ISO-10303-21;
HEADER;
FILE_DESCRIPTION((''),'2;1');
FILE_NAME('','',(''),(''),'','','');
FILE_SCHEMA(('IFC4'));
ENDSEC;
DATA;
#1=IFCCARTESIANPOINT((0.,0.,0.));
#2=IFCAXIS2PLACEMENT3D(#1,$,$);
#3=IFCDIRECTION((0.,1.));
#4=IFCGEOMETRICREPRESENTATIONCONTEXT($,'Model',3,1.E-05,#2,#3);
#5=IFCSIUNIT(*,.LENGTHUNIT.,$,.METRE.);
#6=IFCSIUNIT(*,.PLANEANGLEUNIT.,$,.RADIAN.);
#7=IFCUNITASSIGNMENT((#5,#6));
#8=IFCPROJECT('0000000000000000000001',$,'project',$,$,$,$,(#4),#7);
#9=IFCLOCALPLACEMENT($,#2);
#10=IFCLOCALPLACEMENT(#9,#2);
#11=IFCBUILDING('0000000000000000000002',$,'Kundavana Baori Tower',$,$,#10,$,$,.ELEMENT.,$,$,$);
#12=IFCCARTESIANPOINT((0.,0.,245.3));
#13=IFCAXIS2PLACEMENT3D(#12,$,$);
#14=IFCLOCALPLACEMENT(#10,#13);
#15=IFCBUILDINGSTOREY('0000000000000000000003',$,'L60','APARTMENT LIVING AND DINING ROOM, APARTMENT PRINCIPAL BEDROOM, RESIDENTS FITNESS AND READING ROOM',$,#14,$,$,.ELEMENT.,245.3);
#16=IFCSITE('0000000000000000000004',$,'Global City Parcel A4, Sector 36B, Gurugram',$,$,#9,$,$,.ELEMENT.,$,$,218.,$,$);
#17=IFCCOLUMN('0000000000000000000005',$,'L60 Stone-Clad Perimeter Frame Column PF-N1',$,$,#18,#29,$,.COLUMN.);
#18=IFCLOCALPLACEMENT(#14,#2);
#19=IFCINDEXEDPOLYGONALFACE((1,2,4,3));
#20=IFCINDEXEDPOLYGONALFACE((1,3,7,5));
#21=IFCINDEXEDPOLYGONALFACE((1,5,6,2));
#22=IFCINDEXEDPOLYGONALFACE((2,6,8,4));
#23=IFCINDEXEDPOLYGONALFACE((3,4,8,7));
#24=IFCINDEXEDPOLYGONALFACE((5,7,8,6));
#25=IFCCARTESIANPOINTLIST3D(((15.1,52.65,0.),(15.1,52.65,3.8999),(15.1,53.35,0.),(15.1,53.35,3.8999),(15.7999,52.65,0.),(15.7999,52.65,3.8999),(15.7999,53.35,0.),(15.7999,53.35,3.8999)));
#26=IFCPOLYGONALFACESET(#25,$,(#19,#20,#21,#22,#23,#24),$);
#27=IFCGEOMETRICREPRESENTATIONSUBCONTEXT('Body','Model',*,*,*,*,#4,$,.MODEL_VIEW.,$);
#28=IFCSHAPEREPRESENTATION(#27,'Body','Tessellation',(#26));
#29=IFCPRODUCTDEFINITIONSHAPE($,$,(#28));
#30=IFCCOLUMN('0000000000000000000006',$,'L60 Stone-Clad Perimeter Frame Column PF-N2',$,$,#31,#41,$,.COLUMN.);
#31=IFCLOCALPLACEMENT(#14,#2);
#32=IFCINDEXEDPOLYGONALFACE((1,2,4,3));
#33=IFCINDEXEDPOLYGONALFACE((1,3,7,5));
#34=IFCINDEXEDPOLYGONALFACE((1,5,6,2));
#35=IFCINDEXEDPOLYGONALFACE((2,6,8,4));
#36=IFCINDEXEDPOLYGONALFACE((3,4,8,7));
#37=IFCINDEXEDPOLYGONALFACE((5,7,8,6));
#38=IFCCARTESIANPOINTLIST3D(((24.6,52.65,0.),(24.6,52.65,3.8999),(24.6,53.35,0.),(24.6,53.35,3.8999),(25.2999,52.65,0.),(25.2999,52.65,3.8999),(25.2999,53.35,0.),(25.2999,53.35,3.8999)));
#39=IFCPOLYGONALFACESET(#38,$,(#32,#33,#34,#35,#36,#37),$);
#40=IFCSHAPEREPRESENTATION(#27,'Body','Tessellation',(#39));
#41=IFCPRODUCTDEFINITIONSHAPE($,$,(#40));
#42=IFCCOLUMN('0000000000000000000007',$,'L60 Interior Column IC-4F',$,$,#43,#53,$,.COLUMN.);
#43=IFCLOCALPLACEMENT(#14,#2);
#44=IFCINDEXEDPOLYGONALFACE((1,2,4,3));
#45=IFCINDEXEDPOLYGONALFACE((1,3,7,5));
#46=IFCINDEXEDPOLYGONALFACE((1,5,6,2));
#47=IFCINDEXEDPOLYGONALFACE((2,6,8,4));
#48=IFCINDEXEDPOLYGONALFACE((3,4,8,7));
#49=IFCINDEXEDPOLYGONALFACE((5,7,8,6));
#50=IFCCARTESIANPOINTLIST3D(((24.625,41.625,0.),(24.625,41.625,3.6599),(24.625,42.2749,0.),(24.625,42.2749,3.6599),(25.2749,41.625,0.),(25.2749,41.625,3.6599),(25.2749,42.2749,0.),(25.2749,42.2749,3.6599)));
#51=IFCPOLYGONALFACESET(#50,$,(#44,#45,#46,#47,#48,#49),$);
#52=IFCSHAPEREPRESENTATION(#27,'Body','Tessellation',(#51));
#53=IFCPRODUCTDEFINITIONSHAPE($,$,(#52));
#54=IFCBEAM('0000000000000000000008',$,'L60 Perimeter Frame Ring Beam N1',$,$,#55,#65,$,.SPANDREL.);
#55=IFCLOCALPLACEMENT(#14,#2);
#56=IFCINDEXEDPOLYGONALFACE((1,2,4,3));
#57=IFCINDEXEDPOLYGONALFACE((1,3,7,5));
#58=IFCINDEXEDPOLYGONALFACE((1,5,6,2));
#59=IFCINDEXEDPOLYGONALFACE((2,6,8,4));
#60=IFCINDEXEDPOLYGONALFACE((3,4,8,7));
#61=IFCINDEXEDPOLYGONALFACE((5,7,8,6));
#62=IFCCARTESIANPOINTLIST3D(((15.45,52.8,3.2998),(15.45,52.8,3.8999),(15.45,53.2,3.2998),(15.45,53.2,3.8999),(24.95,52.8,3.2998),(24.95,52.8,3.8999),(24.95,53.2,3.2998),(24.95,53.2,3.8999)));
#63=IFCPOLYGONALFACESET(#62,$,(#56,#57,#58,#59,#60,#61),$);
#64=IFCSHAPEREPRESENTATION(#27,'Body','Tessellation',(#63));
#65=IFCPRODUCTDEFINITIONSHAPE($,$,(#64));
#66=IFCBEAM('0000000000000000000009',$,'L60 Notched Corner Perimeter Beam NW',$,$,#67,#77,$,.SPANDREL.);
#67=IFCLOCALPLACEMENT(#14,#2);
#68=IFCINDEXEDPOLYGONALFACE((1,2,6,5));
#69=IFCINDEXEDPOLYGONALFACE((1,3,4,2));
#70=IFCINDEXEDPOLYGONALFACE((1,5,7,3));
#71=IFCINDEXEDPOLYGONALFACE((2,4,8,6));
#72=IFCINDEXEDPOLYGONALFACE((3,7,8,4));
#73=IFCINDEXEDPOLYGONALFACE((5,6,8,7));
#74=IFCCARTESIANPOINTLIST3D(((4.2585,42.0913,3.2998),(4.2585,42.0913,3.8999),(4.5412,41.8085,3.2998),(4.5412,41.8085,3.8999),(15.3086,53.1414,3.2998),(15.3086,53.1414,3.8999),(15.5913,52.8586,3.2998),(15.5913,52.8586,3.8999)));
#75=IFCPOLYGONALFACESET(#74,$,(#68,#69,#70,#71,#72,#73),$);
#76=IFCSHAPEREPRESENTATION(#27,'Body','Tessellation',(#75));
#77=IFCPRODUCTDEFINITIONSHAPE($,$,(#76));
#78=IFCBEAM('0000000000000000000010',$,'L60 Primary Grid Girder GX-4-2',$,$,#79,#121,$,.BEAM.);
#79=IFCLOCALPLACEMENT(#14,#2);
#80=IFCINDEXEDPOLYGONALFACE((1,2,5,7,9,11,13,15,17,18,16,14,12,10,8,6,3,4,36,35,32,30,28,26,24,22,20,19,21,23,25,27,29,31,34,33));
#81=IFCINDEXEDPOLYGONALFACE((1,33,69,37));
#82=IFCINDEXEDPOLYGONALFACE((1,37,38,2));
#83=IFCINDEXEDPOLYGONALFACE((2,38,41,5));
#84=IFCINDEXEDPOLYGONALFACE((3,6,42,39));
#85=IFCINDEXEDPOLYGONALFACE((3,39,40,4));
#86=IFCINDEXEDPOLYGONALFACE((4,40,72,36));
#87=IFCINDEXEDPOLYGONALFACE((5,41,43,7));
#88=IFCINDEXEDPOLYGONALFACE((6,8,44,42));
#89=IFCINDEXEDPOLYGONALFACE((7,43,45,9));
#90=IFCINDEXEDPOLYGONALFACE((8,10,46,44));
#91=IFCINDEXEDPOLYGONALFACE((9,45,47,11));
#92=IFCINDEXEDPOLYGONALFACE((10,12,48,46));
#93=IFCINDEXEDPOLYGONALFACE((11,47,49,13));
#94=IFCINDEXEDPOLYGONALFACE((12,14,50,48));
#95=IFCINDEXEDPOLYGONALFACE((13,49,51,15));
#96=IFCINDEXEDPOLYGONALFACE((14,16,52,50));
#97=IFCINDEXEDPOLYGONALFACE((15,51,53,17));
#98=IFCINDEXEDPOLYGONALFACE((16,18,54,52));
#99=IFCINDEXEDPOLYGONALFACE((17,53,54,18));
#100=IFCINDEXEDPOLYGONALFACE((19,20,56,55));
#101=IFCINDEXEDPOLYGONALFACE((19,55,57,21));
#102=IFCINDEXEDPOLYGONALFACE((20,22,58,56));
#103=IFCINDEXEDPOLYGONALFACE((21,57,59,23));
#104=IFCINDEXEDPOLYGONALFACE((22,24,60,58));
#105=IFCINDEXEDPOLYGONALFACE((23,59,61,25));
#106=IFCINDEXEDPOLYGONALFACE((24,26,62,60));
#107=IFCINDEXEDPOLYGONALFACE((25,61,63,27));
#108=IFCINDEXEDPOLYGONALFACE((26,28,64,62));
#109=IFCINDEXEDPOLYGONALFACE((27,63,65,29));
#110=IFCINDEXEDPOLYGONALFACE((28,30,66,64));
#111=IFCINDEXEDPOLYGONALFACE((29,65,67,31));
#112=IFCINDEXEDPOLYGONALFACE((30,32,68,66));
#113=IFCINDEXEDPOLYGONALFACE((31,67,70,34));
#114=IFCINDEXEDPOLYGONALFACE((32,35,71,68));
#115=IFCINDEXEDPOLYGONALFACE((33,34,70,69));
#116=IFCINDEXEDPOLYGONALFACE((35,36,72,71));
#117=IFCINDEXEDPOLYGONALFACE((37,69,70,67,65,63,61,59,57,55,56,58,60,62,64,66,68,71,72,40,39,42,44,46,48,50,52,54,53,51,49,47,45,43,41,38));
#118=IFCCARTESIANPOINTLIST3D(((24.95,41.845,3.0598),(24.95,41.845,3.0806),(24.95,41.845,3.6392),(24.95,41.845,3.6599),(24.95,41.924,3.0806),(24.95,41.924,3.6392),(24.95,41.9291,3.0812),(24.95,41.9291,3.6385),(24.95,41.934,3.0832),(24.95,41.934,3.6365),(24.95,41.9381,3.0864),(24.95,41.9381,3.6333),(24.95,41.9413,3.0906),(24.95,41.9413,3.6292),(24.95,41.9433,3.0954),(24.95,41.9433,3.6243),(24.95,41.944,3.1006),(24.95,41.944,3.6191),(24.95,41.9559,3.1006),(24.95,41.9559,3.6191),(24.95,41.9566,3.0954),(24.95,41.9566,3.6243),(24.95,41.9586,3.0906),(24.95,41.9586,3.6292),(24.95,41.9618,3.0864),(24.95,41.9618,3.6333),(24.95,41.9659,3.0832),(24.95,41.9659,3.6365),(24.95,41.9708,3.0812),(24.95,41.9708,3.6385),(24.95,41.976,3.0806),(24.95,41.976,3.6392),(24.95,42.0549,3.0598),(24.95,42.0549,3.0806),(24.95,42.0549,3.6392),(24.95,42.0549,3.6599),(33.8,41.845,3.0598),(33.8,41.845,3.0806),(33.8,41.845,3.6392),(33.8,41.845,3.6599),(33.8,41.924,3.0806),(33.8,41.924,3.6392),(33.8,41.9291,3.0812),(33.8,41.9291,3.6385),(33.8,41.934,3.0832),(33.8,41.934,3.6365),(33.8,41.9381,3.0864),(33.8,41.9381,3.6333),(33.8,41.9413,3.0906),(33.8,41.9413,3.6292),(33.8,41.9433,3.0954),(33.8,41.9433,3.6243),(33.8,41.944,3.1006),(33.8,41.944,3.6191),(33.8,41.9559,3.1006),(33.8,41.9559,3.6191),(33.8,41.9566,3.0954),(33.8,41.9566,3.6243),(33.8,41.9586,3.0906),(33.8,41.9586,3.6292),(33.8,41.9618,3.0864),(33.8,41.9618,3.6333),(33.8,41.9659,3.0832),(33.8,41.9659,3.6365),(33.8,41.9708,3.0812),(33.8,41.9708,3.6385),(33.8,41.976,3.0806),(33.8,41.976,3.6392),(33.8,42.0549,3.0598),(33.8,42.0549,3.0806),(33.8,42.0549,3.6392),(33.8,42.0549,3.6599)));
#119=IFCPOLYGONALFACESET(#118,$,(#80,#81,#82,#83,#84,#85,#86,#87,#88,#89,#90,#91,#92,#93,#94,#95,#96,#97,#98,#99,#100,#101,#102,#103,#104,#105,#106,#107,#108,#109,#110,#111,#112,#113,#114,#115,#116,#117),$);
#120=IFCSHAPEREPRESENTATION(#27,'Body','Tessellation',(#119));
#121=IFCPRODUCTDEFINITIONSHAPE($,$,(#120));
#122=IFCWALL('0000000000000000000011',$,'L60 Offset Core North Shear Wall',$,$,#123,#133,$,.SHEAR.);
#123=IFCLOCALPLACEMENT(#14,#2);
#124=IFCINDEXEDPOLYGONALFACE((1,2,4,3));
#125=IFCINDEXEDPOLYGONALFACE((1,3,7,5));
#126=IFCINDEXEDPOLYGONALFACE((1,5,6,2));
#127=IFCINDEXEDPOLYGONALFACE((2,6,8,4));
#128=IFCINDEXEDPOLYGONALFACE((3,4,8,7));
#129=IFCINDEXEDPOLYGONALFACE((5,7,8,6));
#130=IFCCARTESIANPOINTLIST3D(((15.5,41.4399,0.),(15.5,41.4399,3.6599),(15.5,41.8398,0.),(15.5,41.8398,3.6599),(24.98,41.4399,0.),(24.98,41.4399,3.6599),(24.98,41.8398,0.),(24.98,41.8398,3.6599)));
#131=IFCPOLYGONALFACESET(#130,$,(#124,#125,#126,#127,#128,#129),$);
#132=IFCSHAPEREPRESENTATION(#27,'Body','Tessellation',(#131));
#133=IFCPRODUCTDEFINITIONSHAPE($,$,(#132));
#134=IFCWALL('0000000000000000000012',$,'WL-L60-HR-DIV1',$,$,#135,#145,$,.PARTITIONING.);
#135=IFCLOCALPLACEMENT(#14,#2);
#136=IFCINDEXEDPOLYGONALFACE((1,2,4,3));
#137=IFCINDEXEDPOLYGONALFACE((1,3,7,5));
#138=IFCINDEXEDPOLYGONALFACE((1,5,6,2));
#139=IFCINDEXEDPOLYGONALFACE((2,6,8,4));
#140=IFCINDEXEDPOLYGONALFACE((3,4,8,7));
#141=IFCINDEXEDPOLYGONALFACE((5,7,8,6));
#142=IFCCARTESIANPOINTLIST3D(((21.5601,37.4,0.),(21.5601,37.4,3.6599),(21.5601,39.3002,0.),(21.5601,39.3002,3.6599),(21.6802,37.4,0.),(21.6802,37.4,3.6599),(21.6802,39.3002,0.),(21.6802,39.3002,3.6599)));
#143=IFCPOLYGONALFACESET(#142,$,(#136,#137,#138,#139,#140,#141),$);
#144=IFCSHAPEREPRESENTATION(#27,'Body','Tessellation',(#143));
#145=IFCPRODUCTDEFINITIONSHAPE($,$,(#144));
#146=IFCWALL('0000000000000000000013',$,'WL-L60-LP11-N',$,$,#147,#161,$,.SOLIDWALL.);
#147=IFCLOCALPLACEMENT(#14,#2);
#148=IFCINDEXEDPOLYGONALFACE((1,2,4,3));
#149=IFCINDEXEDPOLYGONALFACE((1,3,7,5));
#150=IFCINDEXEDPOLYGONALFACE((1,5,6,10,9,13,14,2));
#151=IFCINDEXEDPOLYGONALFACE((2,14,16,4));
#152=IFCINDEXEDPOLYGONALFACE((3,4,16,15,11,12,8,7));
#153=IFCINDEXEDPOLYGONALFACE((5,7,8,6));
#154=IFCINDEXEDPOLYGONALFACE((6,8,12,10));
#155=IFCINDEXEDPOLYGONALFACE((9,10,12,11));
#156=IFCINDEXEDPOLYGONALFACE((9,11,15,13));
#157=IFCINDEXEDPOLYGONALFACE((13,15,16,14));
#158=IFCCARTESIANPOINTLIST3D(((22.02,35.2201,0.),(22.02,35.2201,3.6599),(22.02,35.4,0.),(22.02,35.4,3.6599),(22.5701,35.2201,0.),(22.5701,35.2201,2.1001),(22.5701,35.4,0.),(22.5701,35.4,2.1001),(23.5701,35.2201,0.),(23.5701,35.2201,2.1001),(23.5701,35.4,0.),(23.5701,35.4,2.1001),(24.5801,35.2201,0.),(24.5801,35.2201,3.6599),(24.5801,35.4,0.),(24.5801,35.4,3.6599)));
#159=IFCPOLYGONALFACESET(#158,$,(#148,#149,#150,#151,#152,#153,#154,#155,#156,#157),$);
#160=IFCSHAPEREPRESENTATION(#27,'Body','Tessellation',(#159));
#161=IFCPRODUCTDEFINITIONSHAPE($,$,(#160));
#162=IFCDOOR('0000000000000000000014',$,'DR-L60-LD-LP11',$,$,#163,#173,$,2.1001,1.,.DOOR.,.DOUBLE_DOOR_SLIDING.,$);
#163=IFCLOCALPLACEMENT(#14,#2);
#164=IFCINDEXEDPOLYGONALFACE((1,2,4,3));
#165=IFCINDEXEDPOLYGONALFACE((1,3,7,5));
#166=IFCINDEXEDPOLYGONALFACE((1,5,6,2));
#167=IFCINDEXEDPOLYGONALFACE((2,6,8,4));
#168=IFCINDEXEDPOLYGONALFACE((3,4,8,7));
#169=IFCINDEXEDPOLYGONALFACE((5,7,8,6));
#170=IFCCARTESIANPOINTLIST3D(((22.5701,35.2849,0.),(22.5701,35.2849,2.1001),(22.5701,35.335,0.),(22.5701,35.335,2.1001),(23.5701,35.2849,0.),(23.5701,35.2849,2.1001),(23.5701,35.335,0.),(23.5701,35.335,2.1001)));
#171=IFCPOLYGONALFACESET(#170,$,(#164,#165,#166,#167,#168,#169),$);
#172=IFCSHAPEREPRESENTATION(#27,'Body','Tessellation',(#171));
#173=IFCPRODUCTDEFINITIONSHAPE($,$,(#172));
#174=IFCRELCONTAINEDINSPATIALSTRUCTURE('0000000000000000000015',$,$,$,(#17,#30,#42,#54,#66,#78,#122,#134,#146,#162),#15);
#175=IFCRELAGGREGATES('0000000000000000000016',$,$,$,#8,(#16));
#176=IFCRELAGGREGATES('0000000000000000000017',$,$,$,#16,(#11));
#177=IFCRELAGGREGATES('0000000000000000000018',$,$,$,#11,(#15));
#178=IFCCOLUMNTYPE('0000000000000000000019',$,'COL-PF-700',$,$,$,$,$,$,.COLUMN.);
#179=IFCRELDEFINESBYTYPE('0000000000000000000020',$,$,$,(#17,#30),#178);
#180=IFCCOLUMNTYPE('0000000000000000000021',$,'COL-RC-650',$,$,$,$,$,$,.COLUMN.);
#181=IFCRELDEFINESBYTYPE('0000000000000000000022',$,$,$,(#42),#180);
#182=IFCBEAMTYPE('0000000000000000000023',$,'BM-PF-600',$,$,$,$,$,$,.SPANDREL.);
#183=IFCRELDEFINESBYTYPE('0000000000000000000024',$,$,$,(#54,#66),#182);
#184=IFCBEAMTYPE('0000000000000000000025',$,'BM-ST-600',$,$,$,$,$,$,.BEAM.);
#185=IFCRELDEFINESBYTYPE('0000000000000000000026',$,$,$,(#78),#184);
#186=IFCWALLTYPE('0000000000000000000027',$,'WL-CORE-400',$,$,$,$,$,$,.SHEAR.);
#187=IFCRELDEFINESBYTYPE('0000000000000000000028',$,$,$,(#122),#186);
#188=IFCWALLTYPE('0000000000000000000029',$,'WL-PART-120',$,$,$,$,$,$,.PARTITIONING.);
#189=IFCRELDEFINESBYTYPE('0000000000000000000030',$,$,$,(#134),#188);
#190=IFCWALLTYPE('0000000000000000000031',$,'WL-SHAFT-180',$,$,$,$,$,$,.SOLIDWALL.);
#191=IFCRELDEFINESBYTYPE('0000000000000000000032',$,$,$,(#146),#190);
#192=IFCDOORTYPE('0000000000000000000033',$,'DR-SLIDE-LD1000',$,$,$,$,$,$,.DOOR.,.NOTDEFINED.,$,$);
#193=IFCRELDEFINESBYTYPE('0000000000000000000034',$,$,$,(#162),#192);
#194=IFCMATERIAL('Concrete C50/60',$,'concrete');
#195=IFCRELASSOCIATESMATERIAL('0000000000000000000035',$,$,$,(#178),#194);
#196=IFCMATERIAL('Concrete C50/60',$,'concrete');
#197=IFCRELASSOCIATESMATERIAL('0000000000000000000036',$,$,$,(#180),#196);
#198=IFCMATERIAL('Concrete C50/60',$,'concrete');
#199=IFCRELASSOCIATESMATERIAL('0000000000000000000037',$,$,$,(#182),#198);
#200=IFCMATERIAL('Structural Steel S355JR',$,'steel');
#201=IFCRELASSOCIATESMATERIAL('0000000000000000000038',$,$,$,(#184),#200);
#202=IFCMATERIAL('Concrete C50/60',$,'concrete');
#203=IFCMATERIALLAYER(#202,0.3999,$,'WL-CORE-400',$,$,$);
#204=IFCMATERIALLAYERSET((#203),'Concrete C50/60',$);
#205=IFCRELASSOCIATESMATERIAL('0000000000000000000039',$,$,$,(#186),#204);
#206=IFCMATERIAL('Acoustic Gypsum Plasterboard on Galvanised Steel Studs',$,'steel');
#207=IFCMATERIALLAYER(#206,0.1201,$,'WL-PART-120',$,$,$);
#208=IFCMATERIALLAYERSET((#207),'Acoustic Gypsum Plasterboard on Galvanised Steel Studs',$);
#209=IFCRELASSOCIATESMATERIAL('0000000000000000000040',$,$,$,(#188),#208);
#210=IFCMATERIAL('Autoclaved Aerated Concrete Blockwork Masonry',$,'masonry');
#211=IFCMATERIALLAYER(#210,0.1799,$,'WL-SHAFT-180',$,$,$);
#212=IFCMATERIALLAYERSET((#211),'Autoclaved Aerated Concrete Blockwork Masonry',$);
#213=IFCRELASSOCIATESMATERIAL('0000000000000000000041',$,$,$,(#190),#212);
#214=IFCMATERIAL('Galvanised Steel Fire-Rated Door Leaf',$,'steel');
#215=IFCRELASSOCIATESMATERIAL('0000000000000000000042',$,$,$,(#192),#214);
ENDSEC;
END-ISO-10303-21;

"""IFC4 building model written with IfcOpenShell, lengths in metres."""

from ifc_helpers import new_model, si_unit, direction, frame, frame_2d, origin, origin_2d, place, context, subcontext, project, spatial, rectangle, i_section, extrude, material, layer, layer_set, material_profile, profile_set, type_object, element, fill, save


model = new_model("IFC4")

# Units and contexts
model_context = context("Model", 3, precision=1e-05, world=origin(), true_north=direction((0.0, 1.0)))
body_context = subcontext(model_context, "Body", "Model", "MODEL_VIEW")
ifc_project = project(units=[si_unit("LENGTHUNIT", "METRE"), si_unit("PLANEANGLEUNIT", "RADIAN")], contexts=[model_context])

# Site, building, storey
site_placement = place(None, origin())
site = spatial("IfcSite", under=ifc_project, at=site_placement, Name="Global City Parcel A4, Sector 36B, Gurugram", CompositionType="ELEMENT", RefElevation=218.0)
building_placement = place(site_placement, origin())
building = spatial("IfcBuilding", under=site, at=building_placement, Name="Kundavana Baori Tower", CompositionType="ELEMENT")
storey_placement = place(building_placement, frame((0.0, 0.0, 245.3)))
storey = spatial("IfcBuildingStorey", under=building, at=storey_placement, Name="L60", Description="APARTMENT LIVING AND DINING ROOM, APARTMENT PRINCIPAL BEDROOM, RESIDENTS FITNESS AND READING ROOM", CompositionType="ELEMENT", Elevation=245.3)

# Columns
ifc_material_1 = material(Name="Concrete C50/60", Category="concrete")
ifc_material_profile_1 = material_profile(ifc_material_1, rectangle(XDim=0.7, YDim=0.7, at=origin_2d()), Name="RC PF 700x700")
ifc_profile_set_1 = profile_set([ifc_material_profile_1], Name="Concrete C50/60")
column_type_1 = type_object("IfcColumnType", Name="COL-PF-700", PredefinedType="COLUMN", material=ifc_profile_set_1)
for number, where, z_axis, x_axis, name in (
    (1, (15.45, 53.0, 0.0), (0.0, 0.0, 1.0), (1.0, 0.0, 0.0), "L60 Stone-Clad Perimeter Frame Column PF-N1"),
    (2, (24.95, 53.0, 0.0), (0.0, 0.0, 1.0), (1.0, 0.0, 0.0), "L60 Stone-Clad Perimeter Frame Column PF-N2"),
):
    element("IfcColumn", number, at=place(storey_placement, frame(where, z_axis=z_axis, x_axis=x_axis)), inside=storey, type_object=column_type_1, Name=name, PredefinedType="COLUMN", context=body_context, shape_type="SweptSolid", body=[
        extrude(rectangle(XDim=0.7, YDim=0.7, at=origin_2d()), origin(), (0.0, 0.0, 1.0), 3.8999),
    ])
ifc_material_2 = material(Name="Concrete C50/60", Category="concrete")
ifc_material_profile_2 = material_profile(ifc_material_2, rectangle(XDim=0.6499, YDim=0.6499, at=origin_2d()), Name="RC 650x650")
ifc_profile_set_2 = profile_set([ifc_material_profile_2], Name="Concrete C50/60")
column_type_2 = type_object("IfcColumnType", Name="COL-RC-650", PredefinedType="COLUMN", material=ifc_profile_set_2)
column_placement = place(storey_placement, frame((24.95, 41.95, 0.0), z_axis=(0.0, 0.0, 1.0), x_axis=(1.0, 0.0, 0.0)))
element("IfcColumn", 3, at=column_placement, inside=storey, type_object=column_type_2, Name="L60 Interior Column IC-4F", PredefinedType="COLUMN", context=body_context, shape_type="SweptSolid", body=[
    extrude(rectangle(XDim=0.6499, YDim=0.6499, at=origin_2d()), origin(), (0.0, 0.0, 1.0), 3.6599),
])

# Beams
ifc_material_3 = material(Name="Concrete C50/60", Category="concrete")
ifc_material_profile_3 = material_profile(ifc_material_3, rectangle(XDim=0.3999, YDim=0.6001, at=origin_2d()), Name="RC BM 400x600")
ifc_profile_set_3 = profile_set([ifc_material_profile_3], Name="Concrete C50/60")
beam_type_1 = type_object("IfcBeamType", Name="BM-PF-600", PredefinedType="SPANDREL", material=ifc_profile_set_3)
beam_1_placement = place(storey_placement, frame((15.45, 53.0, 3.5999), z_axis=(1.0, 0.0, 0.0), x_axis=(0.0, 1.0, 0.0)))
element("IfcBeam", 4, at=beam_1_placement, inside=storey, type_object=beam_type_1, Name="L60 Perimeter Frame Ring Beam N1", PredefinedType="SPANDREL", context=body_context, shape_type="SweptSolid", body=[
    extrude(rectangle(XDim=0.3999, YDim=0.6001, at=origin_2d()), origin(), (0.0, 0.0, 1.0), 9.5),
])
beam_2_placement = place(storey_placement, frame((15.45, 53.0, 3.5999), z_axis=(-0.707107, -0.707107, 0.0), x_axis=(0.707107, -0.707107, 0.0)))
element("IfcBeam", 5, at=beam_2_placement, inside=storey, type_object=beam_type_1, Name="L60 Notched Corner Perimeter Beam NW", PredefinedType="SPANDREL", context=body_context, shape_type="SweptSolid", body=[
    extrude(rectangle(XDim=0.3999, YDim=0.6001, at=origin_2d()), origin(), (0.0, 0.0, 1.0), 15.6272),
])
ifc_material_4 = material(Name="Structural Steel S355JR", Category="steel")
ifc_material_profile_4 = material_profile(ifc_material_4, i_section(OverallWidth=0.21, OverallDepth=0.6001, WebThickness=0.012, FlangeThickness=0.0208, FilletRadius=0.02, at=origin_2d()), Name="ISMB 600")
ifc_profile_set_4 = profile_set([ifc_material_profile_4], Name="Structural Steel S355JR")
beam_type_2 = type_object("IfcBeamType", Name="BM-ST-600", PredefinedType="BEAM", material=ifc_profile_set_4)
beam_3_placement = place(storey_placement, frame((24.95, 41.95, 3.3599), z_axis=(1.0, 0.0, 0.0), x_axis=(0.0, 1.0, 0.0)))
element("IfcBeam", 6, at=beam_3_placement, inside=storey, type_object=beam_type_2, Name="L60 Primary Grid Girder GX-4-2", PredefinedType="BEAM", context=body_context, shape_type="SweptSolid", body=[
    extrude(i_section(OverallWidth=0.21, OverallDepth=0.6001, WebThickness=0.012, FlangeThickness=0.0208, FilletRadius=0.02, at=origin_2d()), origin(), (0.0, 0.0, 1.0), 8.8501),
])

# Walls
ifc_material_5 = material(Name="Concrete C50/60", Category="concrete")
ifc_layer_1 = layer(ifc_material_5, 0.3999, Name="WL-CORE-400")
ifc_layer_set_1 = layer_set([ifc_layer_1], Name="Concrete C50/60")
wall_type_1 = type_object("IfcWallType", Name="WL-CORE-400", PredefinedType="SHEAR", material=ifc_layer_set_1)
wall_1_placement = place(storey_placement, frame((15.5, 41.6399, 0.0), z_axis=(0.0, 0.0, 1.0), x_axis=(1.0, 0.0, 0.0)))
element("IfcWall", 7, at=wall_1_placement, inside=storey, type_object=wall_type_1, Name="L60 Offset Core North Shear Wall", PredefinedType="SHEAR", context=body_context, shape_type="SweptSolid", body=[
    extrude(rectangle(XDim=9.48, YDim=0.3999, at=frame_2d((4.74, 0.0))), origin(), (0.0, 0.0, 1.0), 3.6599),
])
ifc_material_6 = material(Name="Acoustic Gypsum Plasterboard on Galvanised Steel Studs", Category="steel")
ifc_layer_2 = layer(ifc_material_6, 0.1201, Name="WL-PART-120")
ifc_layer_set_2 = layer_set([ifc_layer_2], Name="Acoustic Gypsum Plasterboard on Galvanised Steel Studs")
wall_type_2 = type_object("IfcWallType", Name="WL-PART-120", PredefinedType="PARTITIONING", material=ifc_layer_set_2)
wall_2_placement = place(storey_placement, frame((21.6201, 37.3999, 0.0), z_axis=(0.0, 0.0, 1.0), x_axis=(0.0, 1.0, 0.0)))
element("IfcWall", 8, at=wall_2_placement, inside=storey, type_object=wall_type_2, Name="WL-L60-HR-DIV1", PredefinedType="PARTITIONING", context=body_context, shape_type="SweptSolid", body=[
    extrude(rectangle(XDim=1.9001, YDim=0.1201, at=frame_2d((0.9502, 0.0))), origin(), (0.0, 0.0, 1.0), 3.6599),
])

# Wall, opening, door
ifc_material_7 = material(Name="Autoclaved Aerated Concrete Blockwork Masonry", Category="masonry")
ifc_layer_3 = layer(ifc_material_7, 0.1799, Name="WL-SHAFT-180")
ifc_layer_set_3 = layer_set([ifc_layer_3], Name="Autoclaved Aerated Concrete Blockwork Masonry")
wall_type_3 = type_object("IfcWallType", Name="WL-SHAFT-180", PredefinedType="SOLIDWALL", material=ifc_layer_set_3)
wall_3_placement = place(storey_placement, frame((22.02, 35.3101, 0.0), z_axis=(0.0, 0.0, 1.0), x_axis=(1.0, 0.0, 0.0)))
wall_3 = element("IfcWall", 9, at=wall_3_placement, inside=storey, type_object=wall_type_3, Name="WL-L60-LP11-N", PredefinedType="SOLIDWALL", context=body_context, shape_type="SweptSolid", body=[
    extrude(rectangle(XDim=2.5601, YDim=0.1799, at=frame_2d((1.28, 0.0))), origin(), (0.0, 0.0, 1.0), 3.6599),
])
opening_1_placement = place(wall_3_placement, frame((0.55, 0.0, 0.0)))
opening_1 = element("IfcOpeningElement", 10, at=opening_1_placement, cuts=wall_3, PredefinedType="OPENING", context=body_context, shape_type="SweptSolid", body=[
    extrude(rectangle(XDim=1.0, YDim=2.1001, at=frame_2d((0.5, 1.05))), frame((0.0, 0.1001, 0.0), z_axis=(0.0, -1.0, 0.0), x_axis=(1.0, 0.0, 0.0)), (0.0, 0.0, 1.0), 0.2),
])
ifc_material_8 = material(Name="Galvanised Steel Fire-Rated Door Leaf", Category="steel")
door_type = type_object("IfcDoorType", Name="DR-SLIDE-LD1000", OperationType="NOTDEFINED", PredefinedType="DOOR", material=ifc_material_8)
door_1_placement = place(opening_1_placement, origin())
door_1 = element("IfcDoor", 11, at=door_1_placement, inside=storey, type_object=door_type, Name="DR-L60-LD-LP11", OperationType="DOUBLE_DOOR_SLIDING", OverallHeight=2.1001, OverallWidth=1.0, PredefinedType="DOOR", context=body_context, shape_type="SweptSolid", body=[
    extrude(rectangle(XDim=1.0, YDim=2.1001, at=frame_2d((0.5, 1.05))), frame((0.0, 0.0249, 0.0), z_axis=(0.0, -1.0, 0.0), x_axis=(1.0, 0.0, 0.0)), (0.0, 0.0, 1.0), 0.05),
])
fill(opening_1, door_1)

save(model, "model.ifc")
